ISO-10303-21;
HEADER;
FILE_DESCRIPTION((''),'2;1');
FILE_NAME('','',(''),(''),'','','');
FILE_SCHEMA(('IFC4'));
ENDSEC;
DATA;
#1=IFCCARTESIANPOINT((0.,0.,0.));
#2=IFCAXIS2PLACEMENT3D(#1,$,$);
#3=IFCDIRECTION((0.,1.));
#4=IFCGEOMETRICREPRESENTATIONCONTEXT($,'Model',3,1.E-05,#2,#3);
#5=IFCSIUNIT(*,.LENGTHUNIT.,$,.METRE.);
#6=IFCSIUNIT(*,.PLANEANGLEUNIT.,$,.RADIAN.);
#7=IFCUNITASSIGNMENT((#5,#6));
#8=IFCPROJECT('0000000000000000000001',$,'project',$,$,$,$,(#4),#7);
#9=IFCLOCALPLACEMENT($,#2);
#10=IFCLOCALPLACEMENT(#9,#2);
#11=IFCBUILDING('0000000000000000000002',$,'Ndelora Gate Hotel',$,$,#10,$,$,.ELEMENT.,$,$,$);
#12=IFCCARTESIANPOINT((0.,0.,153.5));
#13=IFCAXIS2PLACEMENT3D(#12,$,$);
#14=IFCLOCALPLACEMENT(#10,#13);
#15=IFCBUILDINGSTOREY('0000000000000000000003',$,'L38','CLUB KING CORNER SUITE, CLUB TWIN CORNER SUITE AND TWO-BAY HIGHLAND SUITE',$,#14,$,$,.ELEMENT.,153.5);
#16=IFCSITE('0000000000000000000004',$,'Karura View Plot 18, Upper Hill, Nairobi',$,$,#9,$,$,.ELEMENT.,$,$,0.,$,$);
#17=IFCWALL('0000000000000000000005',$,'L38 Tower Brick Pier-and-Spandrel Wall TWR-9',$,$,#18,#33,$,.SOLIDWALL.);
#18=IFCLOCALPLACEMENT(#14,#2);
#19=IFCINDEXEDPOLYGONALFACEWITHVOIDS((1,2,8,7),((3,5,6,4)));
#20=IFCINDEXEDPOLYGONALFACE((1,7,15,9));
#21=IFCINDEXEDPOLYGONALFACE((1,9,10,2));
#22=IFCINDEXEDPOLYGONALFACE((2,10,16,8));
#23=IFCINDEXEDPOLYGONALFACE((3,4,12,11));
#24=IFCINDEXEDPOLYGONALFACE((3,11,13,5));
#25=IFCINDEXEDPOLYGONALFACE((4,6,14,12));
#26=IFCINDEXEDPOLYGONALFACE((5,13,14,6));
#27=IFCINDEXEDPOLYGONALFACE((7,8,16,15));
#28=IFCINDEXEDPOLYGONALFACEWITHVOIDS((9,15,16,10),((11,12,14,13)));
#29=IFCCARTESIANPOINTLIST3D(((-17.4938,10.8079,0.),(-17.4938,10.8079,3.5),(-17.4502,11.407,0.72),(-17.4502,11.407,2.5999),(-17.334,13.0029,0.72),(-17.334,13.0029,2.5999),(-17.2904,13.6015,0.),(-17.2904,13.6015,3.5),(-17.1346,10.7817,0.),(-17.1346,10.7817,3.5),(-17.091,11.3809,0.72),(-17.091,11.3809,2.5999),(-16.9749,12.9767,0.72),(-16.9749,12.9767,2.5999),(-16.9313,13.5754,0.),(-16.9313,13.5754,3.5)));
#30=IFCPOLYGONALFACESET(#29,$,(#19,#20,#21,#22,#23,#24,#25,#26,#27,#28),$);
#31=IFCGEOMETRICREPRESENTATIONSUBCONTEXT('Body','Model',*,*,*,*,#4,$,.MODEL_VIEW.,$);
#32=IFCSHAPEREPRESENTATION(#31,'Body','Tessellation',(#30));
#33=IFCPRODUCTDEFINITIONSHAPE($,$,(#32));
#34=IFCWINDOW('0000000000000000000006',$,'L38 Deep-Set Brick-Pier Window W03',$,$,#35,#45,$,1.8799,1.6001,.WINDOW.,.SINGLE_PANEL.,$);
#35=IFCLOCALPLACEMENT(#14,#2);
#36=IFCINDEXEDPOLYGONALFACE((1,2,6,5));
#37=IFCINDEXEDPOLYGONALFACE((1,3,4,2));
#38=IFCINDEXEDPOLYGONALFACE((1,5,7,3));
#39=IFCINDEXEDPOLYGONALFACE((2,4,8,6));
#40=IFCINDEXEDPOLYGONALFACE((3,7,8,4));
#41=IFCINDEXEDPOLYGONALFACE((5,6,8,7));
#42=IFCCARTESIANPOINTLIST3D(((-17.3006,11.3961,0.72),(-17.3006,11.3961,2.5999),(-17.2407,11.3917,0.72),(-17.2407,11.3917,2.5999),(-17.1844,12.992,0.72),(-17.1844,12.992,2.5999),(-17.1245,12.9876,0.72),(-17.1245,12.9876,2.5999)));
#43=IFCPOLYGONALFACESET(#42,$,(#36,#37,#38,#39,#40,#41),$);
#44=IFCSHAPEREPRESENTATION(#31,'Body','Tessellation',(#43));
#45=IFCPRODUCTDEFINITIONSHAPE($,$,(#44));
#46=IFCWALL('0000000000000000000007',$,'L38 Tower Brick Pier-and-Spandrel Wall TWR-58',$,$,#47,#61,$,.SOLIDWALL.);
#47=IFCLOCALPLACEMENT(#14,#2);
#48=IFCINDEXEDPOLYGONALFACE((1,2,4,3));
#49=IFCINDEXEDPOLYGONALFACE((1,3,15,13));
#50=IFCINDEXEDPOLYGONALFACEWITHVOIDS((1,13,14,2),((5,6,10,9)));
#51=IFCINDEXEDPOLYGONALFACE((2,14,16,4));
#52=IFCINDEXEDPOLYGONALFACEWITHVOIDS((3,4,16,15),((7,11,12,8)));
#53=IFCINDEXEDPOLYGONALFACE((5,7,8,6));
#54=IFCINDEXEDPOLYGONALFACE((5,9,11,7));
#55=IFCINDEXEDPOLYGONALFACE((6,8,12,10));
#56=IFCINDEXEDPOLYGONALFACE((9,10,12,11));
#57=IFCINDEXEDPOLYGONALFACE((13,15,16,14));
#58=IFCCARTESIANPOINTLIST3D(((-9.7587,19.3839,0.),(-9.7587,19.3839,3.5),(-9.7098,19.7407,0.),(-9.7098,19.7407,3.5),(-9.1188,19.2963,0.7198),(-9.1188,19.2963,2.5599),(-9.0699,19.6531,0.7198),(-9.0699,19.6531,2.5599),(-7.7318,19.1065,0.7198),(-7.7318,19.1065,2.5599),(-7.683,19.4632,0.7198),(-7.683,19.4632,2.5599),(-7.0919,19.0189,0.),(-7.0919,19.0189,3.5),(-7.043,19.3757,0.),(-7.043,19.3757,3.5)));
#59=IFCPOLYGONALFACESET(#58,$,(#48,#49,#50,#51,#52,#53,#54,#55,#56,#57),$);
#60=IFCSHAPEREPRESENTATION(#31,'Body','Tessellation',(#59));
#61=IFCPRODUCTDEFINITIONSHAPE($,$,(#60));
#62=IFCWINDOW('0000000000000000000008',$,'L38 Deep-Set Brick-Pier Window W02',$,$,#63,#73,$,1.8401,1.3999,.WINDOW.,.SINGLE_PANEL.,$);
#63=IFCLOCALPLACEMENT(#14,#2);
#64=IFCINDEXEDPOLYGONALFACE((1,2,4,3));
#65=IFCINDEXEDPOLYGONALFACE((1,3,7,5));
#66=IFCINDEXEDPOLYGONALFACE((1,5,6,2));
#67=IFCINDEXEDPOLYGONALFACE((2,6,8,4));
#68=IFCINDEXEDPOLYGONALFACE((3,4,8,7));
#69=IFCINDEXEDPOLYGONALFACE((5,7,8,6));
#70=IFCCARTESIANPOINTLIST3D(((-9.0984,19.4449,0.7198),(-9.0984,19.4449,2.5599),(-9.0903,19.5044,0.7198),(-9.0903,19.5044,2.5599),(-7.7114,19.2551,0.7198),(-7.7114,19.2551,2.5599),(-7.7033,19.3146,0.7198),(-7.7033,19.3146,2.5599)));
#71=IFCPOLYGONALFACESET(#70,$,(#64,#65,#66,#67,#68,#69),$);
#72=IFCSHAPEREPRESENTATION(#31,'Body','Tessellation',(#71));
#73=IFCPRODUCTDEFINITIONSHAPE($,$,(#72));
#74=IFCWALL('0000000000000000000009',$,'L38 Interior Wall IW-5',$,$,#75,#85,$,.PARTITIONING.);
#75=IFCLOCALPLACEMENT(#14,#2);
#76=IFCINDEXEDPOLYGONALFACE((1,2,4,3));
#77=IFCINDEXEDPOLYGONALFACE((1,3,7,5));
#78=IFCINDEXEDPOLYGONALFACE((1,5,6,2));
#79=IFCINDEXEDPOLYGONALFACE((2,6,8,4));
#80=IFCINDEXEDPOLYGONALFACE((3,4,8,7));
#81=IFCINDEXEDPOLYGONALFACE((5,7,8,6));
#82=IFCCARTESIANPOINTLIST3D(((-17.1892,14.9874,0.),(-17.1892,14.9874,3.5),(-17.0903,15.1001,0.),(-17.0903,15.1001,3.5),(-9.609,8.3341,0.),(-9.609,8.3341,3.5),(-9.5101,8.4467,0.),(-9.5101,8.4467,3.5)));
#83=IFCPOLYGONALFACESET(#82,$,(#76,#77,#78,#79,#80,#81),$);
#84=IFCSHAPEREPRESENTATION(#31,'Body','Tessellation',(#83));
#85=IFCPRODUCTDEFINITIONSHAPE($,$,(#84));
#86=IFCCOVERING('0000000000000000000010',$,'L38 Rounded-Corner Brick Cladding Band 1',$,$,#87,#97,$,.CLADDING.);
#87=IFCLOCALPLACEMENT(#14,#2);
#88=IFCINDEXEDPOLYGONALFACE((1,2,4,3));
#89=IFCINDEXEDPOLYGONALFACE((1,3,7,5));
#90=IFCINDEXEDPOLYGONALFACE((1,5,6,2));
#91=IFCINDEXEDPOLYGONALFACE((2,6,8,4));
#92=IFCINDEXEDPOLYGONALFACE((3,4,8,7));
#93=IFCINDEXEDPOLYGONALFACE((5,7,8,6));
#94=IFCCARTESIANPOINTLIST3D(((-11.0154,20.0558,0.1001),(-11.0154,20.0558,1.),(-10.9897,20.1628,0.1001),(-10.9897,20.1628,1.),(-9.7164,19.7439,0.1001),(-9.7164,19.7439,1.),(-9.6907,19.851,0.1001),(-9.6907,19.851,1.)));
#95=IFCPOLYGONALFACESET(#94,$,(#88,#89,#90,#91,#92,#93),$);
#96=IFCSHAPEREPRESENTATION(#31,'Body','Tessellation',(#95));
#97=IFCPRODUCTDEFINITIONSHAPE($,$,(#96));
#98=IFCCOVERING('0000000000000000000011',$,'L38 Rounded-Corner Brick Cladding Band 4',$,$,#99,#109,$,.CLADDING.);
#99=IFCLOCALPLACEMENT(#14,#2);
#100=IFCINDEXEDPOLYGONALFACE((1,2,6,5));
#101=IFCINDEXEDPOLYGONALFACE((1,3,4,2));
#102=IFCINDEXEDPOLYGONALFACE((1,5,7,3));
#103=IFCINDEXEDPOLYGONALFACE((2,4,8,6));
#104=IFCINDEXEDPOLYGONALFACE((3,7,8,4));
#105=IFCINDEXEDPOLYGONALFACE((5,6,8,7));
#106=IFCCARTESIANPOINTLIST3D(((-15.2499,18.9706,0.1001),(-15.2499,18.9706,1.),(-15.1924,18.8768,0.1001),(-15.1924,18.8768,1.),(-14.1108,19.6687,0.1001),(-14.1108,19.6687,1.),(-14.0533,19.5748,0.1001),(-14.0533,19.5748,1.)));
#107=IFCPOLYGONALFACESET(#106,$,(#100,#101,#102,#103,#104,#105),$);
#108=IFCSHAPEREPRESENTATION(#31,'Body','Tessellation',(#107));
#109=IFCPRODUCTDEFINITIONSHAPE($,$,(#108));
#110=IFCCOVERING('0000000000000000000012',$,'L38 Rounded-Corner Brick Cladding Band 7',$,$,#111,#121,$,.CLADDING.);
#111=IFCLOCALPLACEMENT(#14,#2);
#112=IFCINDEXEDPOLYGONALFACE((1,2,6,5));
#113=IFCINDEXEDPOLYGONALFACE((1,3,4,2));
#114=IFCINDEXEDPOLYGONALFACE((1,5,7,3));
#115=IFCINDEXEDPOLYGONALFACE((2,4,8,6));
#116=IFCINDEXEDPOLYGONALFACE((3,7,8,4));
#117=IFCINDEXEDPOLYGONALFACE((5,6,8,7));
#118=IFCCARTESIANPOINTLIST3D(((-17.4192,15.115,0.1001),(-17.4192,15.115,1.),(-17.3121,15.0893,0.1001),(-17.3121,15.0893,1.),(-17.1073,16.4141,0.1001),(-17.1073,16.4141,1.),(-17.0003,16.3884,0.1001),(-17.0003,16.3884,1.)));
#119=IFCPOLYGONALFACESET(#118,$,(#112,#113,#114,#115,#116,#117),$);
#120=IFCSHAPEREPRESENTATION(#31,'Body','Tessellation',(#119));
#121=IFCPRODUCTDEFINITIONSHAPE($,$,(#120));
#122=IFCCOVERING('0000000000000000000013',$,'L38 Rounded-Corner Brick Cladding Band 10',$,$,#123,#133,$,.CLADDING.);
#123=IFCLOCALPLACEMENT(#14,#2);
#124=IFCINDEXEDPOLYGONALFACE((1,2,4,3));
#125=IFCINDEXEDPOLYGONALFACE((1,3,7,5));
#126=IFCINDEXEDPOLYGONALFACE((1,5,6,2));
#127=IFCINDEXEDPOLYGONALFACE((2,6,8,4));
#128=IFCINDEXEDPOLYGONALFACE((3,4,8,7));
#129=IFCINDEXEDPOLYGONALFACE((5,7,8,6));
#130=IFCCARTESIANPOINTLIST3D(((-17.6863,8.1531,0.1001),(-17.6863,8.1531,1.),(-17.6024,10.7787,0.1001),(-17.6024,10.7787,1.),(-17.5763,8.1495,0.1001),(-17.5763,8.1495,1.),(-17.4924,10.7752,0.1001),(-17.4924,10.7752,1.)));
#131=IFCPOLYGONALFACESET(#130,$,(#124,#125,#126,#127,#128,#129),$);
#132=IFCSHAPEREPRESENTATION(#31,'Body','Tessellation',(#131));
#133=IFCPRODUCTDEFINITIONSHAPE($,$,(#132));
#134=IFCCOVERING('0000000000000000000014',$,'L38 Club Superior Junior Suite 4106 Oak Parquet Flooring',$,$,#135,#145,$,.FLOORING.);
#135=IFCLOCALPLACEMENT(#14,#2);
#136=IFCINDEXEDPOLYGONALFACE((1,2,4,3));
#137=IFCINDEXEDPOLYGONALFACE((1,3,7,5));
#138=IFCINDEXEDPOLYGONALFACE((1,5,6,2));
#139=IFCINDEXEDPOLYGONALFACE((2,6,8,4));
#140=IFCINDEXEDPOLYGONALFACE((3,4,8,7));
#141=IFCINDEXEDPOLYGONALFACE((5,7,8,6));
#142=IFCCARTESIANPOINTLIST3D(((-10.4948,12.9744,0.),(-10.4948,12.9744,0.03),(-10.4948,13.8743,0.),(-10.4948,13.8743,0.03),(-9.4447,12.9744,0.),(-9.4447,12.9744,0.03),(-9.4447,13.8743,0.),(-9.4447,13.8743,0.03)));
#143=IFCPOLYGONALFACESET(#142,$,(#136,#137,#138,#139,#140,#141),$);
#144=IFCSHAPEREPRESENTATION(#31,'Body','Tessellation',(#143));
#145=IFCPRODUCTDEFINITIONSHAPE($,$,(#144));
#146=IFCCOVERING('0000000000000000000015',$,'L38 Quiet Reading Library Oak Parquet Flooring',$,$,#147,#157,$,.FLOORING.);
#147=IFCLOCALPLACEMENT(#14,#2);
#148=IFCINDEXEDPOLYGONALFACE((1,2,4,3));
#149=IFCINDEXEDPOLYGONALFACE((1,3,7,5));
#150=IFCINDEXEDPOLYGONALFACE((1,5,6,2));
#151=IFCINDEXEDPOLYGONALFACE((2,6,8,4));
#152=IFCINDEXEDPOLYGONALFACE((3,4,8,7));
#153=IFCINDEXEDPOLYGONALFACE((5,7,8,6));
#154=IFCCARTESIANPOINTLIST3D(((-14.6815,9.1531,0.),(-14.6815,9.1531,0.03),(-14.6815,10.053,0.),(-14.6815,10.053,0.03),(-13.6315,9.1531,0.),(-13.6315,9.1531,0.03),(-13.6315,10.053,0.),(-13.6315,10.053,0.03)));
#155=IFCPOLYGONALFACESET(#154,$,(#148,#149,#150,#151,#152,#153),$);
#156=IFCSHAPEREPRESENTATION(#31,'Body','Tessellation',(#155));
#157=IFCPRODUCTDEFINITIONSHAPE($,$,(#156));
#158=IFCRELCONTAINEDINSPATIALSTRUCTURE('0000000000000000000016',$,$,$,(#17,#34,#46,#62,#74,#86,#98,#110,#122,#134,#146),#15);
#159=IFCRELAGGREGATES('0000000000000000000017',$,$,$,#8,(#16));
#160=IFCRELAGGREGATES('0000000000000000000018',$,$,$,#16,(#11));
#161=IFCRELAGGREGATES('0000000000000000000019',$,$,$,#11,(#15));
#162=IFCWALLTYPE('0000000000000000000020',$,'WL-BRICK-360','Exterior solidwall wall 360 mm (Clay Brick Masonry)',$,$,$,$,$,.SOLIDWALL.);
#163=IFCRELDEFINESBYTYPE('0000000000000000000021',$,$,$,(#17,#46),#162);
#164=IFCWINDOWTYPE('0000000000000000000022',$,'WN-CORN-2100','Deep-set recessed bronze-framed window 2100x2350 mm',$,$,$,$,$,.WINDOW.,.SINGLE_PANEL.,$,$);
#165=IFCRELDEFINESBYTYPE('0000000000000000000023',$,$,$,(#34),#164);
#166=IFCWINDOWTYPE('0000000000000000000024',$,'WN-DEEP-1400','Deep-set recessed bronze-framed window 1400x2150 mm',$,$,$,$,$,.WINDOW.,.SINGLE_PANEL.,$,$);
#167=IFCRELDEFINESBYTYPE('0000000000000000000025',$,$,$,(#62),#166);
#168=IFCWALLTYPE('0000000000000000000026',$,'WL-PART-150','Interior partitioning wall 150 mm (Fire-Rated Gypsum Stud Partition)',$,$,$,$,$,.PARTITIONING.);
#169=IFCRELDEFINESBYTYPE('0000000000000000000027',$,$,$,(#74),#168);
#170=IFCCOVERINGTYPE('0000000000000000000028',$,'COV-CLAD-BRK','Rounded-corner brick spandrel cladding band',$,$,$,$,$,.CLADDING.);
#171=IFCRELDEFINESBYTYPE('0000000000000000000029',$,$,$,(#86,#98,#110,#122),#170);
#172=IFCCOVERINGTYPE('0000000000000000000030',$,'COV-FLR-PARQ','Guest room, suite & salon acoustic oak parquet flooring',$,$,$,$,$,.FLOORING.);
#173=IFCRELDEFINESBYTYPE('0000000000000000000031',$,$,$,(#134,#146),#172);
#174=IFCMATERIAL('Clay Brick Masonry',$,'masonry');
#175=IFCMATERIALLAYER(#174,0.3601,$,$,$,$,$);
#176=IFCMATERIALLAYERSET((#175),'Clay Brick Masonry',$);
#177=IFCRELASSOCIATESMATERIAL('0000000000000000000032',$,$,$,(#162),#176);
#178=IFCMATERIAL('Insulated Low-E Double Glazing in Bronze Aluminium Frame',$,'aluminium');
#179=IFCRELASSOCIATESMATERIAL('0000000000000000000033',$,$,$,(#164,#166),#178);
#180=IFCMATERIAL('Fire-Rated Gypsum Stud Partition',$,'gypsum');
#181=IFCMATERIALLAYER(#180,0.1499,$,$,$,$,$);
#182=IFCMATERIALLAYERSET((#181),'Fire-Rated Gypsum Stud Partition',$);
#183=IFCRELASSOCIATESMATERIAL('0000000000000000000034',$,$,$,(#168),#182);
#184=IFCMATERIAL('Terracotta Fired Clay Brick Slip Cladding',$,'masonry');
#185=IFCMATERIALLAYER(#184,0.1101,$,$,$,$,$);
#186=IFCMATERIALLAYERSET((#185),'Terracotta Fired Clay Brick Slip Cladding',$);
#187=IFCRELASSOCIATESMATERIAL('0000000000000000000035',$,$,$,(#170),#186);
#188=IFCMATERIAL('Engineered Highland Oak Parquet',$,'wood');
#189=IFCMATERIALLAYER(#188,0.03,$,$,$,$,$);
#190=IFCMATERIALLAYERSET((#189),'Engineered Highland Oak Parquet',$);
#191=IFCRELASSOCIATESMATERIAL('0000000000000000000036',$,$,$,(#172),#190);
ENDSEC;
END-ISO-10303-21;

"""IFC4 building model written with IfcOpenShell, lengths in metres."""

from ifc_helpers import new_model, si_unit, direction, frame, frame_2d, origin, origin_2d, place, context, subcontext, project, spatial, rectangle, extrude, material, layer, layer_set, type_object, element, fill, save


model = new_model("IFC4")

# Units and contexts
model_context = context("Model", 3, precision=1e-05, world=origin(), true_north=direction((0.0, 1.0)))
body_context = subcontext(model_context, "Body", "Model", "MODEL_VIEW")
ifc_project = project(units=[si_unit("LENGTHUNIT", "METRE"), si_unit("PLANEANGLEUNIT", "RADIAN")], contexts=[model_context])

# Site, building, storey
site_placement = place(None, origin())
site = spatial("IfcSite", under=ifc_project, at=site_placement, Name="Karura View Plot 18, Upper Hill, Nairobi", CompositionType="ELEMENT", RefElevation=0.0)
building_placement = place(site_placement, origin())
building = spatial("IfcBuilding", under=site, at=building_placement, Name="Ndelora Gate Hotel", CompositionType="ELEMENT")
storey_placement = place(building_placement, frame((0.0, 0.0, 153.5)))
storey = spatial("IfcBuildingStorey", under=building, at=storey_placement, Name="L38", Description="CLUB KING CORNER SUITE, CLUB TWIN CORNER SUITE AND TWO-BAY HIGHLAND SUITE", CompositionType="ELEMENT", Elevation=153.5)

# Shared definitions
ifc_material_1 = material(Name="Clay Brick Masonry", Category="masonry")
ifc_layer_1 = layer(ifc_material_1, 0.3601)
ifc_layer_set_1 = layer_set([ifc_layer_1], Name="Clay Brick Masonry")
wall_type_1 = type_object("IfcWallType", Name="WL-BRICK-360", Description="Exterior solidwall wall 360 mm (Clay Brick Masonry)", PredefinedType="SOLIDWALL", material=ifc_layer_set_1)

# Walls, openings, windows
wall_1_placement = place(storey_placement, frame((-17.3142, 10.7949, 0.0), z_axis=(0.0, 0.0, 1.0), x_axis=(0.072603, 0.997361, 0.0)))
wall_1 = element("IfcWall", 1, at=wall_1_placement, inside=storey, type_object=wall_type_1, Name="L38 Tower Brick Pier-and-Spandrel Wall TWR-9", PredefinedType="SOLIDWALL", context=body_context, shape_type="SweptSolid", body=[
    extrude(rectangle(XDim=2.801, YDim=0.3601, at=frame_2d((1.4004, 0.0))), origin(), (0.0, 0.0, 1.0), 3.5),
])
opening_1_placement = place(wall_1_placement, frame((0.6006, 0.0, 0.72)))
opening_1 = element("IfcOpeningElement", 2, at=opening_1_placement, cuts=wall_1, PredefinedType="OPENING", context=body_context, shape_type="SweptSolid", body=[
    extrude(rectangle(XDim=1.6001, YDim=1.8799, at=frame_2d((0.8, 0.9399))), frame((0.0, 0.1899, 0.0), z_axis=(0.0, -1.0, 0.0), x_axis=(1.0, 0.0, 0.0)), (0.0, 0.0, 1.0), 0.3801),
])
ifc_material_2 = material(Name="Insulated Low-E Double Glazing in Bronze Aluminium Frame", Category="aluminium")
window_type_1 = type_object("IfcWindowType", Name="WN-CORN-2100", Description="Deep-set recessed bronze-framed window 2100x2350 mm", PartitioningType="SINGLE_PANEL", PredefinedType="WINDOW", material=ifc_material_2)
window_1_placement = place(opening_1_placement, origin())
window_1 = element("IfcWindow", 3, at=window_1_placement, inside=storey, type_object=window_type_1, Name="L38 Deep-Set Brick-Pier Window W03", OverallHeight=1.8799, OverallWidth=1.6001, PartitioningType="SINGLE_PANEL", PredefinedType="WINDOW", context=body_context, shape_type="SweptSolid", body=[
    extrude(rectangle(XDim=1.6001, YDim=1.8799, at=frame_2d((0.8, 0.9399))), frame((0.0, 0.03, 0.0), z_axis=(0.0, -1.0, 0.0), x_axis=(1.0, 0.0, 0.0)), (0.0, 0.0, 1.0), 0.0601),
])
fill(opening_1, window_1)
wall_2_placement = place(storey_placement, frame((-9.7341, 19.5623, 0.0), z_axis=(0.0, 0.0, 1.0), x_axis=(0.990763, -0.135603, 0.0)))
wall_2 = element("IfcWall", 4, at=wall_2_placement, inside=storey, type_object=wall_type_1, Name="L38 Tower Brick Pier-and-Spandrel Wall TWR-58", PredefinedType="SOLIDWALL", context=body_context, shape_type="SweptSolid", body=[
    extrude(rectangle(XDim=2.6917, YDim=0.3601, at=frame_2d((1.3457, 0.0))), origin(), (0.0, 0.0, 1.0), 3.5),
])
opening_2_placement = place(wall_2_placement, frame((0.6458, 0.0, 0.72)))
opening_2 = element("IfcOpeningElement", 5, at=opening_2_placement, cuts=wall_2, PredefinedType="OPENING", context=body_context, shape_type="SweptSolid", body=[
    extrude(rectangle(XDim=1.3999, YDim=1.8401, at=frame_2d((0.7, 0.9199))), frame((0.0, 0.1899, 0.0), z_axis=(0.0, -1.0, 0.0), x_axis=(1.0, 0.0, 0.0)), (0.0, 0.0, 1.0), 0.3801),
])
window_type_2 = type_object("IfcWindowType", Name="WN-DEEP-1400", Description="Deep-set recessed bronze-framed window 1400x2150 mm", PartitioningType="SINGLE_PANEL", PredefinedType="WINDOW", material=ifc_material_2)
window_2_placement = place(opening_2_placement, origin())
window_2 = element("IfcWindow", 6, at=window_2_placement, inside=storey, type_object=window_type_2, Name="L38 Deep-Set Brick-Pier Window W02", OverallHeight=1.8401, OverallWidth=1.3999, PartitioningType="SINGLE_PANEL", PredefinedType="WINDOW", context=body_context, shape_type="SweptSolid", body=[
    extrude(rectangle(XDim=1.3999, YDim=1.8401, at=frame_2d((0.7, 0.9199))), frame((0.0, 0.03, 0.0), z_axis=(0.0, -1.0, 0.0), x_axis=(1.0, 0.0, 0.0)), (0.0, 0.0, 1.0), 0.0601),
])
fill(opening_2, window_2)

# Wall
ifc_material_3 = material(Name="Fire-Rated Gypsum Stud Partition", Category="gypsum")
ifc_layer_2 = layer(ifc_material_3, 0.1499)
ifc_layer_set_2 = layer_set([ifc_layer_2], Name="Fire-Rated Gypsum Stud Partition")
wall_type_2 = type_object("IfcWallType", Name="WL-PART-150", Description="Interior partitioning wall 150 mm (Fire-Rated Gypsum Stud Partition)", PredefinedType="PARTITIONING", material=ifc_layer_set_2)
wall_3_placement = place(storey_placement, frame((-9.5596, 8.3904, 0.0), z_axis=(0.0, 0.0, 1.0), x_axis=(-0.751556, 0.659669, 0.0)))
element("IfcWall", 7, at=wall_3_placement, inside=storey, type_object=wall_type_2, Name="L38 Interior Wall IW-5", PredefinedType="PARTITIONING", context=body_context, shape_type="SweptSolid", body=[
    extrude(rectangle(XDim=10.0859, YDim=0.1499, at=frame_2d((5.043, 0.0))), origin(), (0.0, 0.0, 1.0), 3.5),
])

# Coverings
ifc_material_4 = material(Name="Terracotta Fired Clay Brick Slip Cladding", Category="masonry")
ifc_layer_3 = layer(ifc_material_4, 0.1101)
ifc_layer_set_3 = layer_set([ifc_layer_3], Name="Terracotta Fired Clay Brick Slip Cladding")
covering_type_1 = type_object("IfcCoveringType", Name="COV-CLAD-BRK", Description="Rounded-corner brick spandrel cladding band", PredefinedType="CLADDING", material=ifc_layer_set_3)
for number, where, z_axis, x_axis, name in (
    (8, (-10.353, 19.9534, 0.1001), (0.0, 0.0, 1.0), (-0.97237, 0.233445, 0.0), "L38 Rounded-Corner Brick Cladding Band 1"),
    (9, (-14.6516, 19.2727, 0.1001), (0.0, 0.0, 1.0), (0.85264, 0.522499, 0.0), "L38 Rounded-Corner Brick Cladding Band 4"),
    (10, (-17.2097, 15.7517, 0.1001), (0.0, 0.0, 1.0), (0.233445, 0.97237, 0.0), "L38 Rounded-Corner Brick Cladding Band 7"),
):
    element("IfcCovering", number, at=place(storey_placement, frame(where, z_axis=z_axis, x_axis=x_axis)), inside=storey, type_object=covering_type_1, Name=name, PredefinedType="CLADDING", context=body_context, shape_type="SweptSolid", body=[
        extrude(rectangle(XDim=1.3359, YDim=0.1101, at=origin_2d()), origin(), (0.0, 0.0, 1.0), 0.8999),
    ])
covering_placement = place(storey_placement, frame((-17.5894, 9.4641, 0.1001), z_axis=(0.0, 0.0, 1.0), x_axis=(0.031934, 0.99949, 0.0)))
element("IfcCovering", 11, at=covering_placement, inside=storey, type_object=covering_type_1, Name="L38 Rounded-Corner Brick Cladding Band 10", PredefinedType="CLADDING", context=body_context, shape_type="SweptSolid", body=[
    extrude(rectangle(XDim=2.627, YDim=0.1101, at=origin_2d()), origin(), (0.0, 0.0, 1.0), 0.8999),
])
ifc_material_5 = material(Name="Engineered Highland Oak Parquet", Category="wood")
ifc_layer_4 = layer(ifc_material_5, 0.03)
ifc_layer_set_4 = layer_set([ifc_layer_4], Name="Engineered Highland Oak Parquet")
covering_type_2 = type_object("IfcCoveringType", Name="COV-FLR-PARQ", Description="Guest room, suite & salon acoustic oak parquet flooring", PredefinedType="FLOORING", material=ifc_layer_set_4)
for number, where, z_axis, x_axis, name in (
    (12, (-9.9697, 13.4243, 0.0), (0.0, 0.0, 1.0), (1.0, 0.0, 0.0), "L38 Club Superior Junior Suite 4106 Oak Parquet Flooring"),
    (13, (-14.1565, 9.603, 0.0), (0.0, 0.0, 1.0), (1.0, 0.0, 0.0), "L38 Quiet Reading Library Oak Parquet Flooring"),
):
    element("IfcCovering", number, at=place(storey_placement, frame(where, z_axis=z_axis, x_axis=x_axis)), inside=storey, type_object=covering_type_2, Name=name, PredefinedType="FLOORING", context=body_context, shape_type="SweptSolid", body=[
        extrude(rectangle(XDim=1.05, YDim=0.8999, at=origin_2d()), origin(), (0.0, 0.0, 1.0), 0.03),
    ])

save(model, "model.ifc")
